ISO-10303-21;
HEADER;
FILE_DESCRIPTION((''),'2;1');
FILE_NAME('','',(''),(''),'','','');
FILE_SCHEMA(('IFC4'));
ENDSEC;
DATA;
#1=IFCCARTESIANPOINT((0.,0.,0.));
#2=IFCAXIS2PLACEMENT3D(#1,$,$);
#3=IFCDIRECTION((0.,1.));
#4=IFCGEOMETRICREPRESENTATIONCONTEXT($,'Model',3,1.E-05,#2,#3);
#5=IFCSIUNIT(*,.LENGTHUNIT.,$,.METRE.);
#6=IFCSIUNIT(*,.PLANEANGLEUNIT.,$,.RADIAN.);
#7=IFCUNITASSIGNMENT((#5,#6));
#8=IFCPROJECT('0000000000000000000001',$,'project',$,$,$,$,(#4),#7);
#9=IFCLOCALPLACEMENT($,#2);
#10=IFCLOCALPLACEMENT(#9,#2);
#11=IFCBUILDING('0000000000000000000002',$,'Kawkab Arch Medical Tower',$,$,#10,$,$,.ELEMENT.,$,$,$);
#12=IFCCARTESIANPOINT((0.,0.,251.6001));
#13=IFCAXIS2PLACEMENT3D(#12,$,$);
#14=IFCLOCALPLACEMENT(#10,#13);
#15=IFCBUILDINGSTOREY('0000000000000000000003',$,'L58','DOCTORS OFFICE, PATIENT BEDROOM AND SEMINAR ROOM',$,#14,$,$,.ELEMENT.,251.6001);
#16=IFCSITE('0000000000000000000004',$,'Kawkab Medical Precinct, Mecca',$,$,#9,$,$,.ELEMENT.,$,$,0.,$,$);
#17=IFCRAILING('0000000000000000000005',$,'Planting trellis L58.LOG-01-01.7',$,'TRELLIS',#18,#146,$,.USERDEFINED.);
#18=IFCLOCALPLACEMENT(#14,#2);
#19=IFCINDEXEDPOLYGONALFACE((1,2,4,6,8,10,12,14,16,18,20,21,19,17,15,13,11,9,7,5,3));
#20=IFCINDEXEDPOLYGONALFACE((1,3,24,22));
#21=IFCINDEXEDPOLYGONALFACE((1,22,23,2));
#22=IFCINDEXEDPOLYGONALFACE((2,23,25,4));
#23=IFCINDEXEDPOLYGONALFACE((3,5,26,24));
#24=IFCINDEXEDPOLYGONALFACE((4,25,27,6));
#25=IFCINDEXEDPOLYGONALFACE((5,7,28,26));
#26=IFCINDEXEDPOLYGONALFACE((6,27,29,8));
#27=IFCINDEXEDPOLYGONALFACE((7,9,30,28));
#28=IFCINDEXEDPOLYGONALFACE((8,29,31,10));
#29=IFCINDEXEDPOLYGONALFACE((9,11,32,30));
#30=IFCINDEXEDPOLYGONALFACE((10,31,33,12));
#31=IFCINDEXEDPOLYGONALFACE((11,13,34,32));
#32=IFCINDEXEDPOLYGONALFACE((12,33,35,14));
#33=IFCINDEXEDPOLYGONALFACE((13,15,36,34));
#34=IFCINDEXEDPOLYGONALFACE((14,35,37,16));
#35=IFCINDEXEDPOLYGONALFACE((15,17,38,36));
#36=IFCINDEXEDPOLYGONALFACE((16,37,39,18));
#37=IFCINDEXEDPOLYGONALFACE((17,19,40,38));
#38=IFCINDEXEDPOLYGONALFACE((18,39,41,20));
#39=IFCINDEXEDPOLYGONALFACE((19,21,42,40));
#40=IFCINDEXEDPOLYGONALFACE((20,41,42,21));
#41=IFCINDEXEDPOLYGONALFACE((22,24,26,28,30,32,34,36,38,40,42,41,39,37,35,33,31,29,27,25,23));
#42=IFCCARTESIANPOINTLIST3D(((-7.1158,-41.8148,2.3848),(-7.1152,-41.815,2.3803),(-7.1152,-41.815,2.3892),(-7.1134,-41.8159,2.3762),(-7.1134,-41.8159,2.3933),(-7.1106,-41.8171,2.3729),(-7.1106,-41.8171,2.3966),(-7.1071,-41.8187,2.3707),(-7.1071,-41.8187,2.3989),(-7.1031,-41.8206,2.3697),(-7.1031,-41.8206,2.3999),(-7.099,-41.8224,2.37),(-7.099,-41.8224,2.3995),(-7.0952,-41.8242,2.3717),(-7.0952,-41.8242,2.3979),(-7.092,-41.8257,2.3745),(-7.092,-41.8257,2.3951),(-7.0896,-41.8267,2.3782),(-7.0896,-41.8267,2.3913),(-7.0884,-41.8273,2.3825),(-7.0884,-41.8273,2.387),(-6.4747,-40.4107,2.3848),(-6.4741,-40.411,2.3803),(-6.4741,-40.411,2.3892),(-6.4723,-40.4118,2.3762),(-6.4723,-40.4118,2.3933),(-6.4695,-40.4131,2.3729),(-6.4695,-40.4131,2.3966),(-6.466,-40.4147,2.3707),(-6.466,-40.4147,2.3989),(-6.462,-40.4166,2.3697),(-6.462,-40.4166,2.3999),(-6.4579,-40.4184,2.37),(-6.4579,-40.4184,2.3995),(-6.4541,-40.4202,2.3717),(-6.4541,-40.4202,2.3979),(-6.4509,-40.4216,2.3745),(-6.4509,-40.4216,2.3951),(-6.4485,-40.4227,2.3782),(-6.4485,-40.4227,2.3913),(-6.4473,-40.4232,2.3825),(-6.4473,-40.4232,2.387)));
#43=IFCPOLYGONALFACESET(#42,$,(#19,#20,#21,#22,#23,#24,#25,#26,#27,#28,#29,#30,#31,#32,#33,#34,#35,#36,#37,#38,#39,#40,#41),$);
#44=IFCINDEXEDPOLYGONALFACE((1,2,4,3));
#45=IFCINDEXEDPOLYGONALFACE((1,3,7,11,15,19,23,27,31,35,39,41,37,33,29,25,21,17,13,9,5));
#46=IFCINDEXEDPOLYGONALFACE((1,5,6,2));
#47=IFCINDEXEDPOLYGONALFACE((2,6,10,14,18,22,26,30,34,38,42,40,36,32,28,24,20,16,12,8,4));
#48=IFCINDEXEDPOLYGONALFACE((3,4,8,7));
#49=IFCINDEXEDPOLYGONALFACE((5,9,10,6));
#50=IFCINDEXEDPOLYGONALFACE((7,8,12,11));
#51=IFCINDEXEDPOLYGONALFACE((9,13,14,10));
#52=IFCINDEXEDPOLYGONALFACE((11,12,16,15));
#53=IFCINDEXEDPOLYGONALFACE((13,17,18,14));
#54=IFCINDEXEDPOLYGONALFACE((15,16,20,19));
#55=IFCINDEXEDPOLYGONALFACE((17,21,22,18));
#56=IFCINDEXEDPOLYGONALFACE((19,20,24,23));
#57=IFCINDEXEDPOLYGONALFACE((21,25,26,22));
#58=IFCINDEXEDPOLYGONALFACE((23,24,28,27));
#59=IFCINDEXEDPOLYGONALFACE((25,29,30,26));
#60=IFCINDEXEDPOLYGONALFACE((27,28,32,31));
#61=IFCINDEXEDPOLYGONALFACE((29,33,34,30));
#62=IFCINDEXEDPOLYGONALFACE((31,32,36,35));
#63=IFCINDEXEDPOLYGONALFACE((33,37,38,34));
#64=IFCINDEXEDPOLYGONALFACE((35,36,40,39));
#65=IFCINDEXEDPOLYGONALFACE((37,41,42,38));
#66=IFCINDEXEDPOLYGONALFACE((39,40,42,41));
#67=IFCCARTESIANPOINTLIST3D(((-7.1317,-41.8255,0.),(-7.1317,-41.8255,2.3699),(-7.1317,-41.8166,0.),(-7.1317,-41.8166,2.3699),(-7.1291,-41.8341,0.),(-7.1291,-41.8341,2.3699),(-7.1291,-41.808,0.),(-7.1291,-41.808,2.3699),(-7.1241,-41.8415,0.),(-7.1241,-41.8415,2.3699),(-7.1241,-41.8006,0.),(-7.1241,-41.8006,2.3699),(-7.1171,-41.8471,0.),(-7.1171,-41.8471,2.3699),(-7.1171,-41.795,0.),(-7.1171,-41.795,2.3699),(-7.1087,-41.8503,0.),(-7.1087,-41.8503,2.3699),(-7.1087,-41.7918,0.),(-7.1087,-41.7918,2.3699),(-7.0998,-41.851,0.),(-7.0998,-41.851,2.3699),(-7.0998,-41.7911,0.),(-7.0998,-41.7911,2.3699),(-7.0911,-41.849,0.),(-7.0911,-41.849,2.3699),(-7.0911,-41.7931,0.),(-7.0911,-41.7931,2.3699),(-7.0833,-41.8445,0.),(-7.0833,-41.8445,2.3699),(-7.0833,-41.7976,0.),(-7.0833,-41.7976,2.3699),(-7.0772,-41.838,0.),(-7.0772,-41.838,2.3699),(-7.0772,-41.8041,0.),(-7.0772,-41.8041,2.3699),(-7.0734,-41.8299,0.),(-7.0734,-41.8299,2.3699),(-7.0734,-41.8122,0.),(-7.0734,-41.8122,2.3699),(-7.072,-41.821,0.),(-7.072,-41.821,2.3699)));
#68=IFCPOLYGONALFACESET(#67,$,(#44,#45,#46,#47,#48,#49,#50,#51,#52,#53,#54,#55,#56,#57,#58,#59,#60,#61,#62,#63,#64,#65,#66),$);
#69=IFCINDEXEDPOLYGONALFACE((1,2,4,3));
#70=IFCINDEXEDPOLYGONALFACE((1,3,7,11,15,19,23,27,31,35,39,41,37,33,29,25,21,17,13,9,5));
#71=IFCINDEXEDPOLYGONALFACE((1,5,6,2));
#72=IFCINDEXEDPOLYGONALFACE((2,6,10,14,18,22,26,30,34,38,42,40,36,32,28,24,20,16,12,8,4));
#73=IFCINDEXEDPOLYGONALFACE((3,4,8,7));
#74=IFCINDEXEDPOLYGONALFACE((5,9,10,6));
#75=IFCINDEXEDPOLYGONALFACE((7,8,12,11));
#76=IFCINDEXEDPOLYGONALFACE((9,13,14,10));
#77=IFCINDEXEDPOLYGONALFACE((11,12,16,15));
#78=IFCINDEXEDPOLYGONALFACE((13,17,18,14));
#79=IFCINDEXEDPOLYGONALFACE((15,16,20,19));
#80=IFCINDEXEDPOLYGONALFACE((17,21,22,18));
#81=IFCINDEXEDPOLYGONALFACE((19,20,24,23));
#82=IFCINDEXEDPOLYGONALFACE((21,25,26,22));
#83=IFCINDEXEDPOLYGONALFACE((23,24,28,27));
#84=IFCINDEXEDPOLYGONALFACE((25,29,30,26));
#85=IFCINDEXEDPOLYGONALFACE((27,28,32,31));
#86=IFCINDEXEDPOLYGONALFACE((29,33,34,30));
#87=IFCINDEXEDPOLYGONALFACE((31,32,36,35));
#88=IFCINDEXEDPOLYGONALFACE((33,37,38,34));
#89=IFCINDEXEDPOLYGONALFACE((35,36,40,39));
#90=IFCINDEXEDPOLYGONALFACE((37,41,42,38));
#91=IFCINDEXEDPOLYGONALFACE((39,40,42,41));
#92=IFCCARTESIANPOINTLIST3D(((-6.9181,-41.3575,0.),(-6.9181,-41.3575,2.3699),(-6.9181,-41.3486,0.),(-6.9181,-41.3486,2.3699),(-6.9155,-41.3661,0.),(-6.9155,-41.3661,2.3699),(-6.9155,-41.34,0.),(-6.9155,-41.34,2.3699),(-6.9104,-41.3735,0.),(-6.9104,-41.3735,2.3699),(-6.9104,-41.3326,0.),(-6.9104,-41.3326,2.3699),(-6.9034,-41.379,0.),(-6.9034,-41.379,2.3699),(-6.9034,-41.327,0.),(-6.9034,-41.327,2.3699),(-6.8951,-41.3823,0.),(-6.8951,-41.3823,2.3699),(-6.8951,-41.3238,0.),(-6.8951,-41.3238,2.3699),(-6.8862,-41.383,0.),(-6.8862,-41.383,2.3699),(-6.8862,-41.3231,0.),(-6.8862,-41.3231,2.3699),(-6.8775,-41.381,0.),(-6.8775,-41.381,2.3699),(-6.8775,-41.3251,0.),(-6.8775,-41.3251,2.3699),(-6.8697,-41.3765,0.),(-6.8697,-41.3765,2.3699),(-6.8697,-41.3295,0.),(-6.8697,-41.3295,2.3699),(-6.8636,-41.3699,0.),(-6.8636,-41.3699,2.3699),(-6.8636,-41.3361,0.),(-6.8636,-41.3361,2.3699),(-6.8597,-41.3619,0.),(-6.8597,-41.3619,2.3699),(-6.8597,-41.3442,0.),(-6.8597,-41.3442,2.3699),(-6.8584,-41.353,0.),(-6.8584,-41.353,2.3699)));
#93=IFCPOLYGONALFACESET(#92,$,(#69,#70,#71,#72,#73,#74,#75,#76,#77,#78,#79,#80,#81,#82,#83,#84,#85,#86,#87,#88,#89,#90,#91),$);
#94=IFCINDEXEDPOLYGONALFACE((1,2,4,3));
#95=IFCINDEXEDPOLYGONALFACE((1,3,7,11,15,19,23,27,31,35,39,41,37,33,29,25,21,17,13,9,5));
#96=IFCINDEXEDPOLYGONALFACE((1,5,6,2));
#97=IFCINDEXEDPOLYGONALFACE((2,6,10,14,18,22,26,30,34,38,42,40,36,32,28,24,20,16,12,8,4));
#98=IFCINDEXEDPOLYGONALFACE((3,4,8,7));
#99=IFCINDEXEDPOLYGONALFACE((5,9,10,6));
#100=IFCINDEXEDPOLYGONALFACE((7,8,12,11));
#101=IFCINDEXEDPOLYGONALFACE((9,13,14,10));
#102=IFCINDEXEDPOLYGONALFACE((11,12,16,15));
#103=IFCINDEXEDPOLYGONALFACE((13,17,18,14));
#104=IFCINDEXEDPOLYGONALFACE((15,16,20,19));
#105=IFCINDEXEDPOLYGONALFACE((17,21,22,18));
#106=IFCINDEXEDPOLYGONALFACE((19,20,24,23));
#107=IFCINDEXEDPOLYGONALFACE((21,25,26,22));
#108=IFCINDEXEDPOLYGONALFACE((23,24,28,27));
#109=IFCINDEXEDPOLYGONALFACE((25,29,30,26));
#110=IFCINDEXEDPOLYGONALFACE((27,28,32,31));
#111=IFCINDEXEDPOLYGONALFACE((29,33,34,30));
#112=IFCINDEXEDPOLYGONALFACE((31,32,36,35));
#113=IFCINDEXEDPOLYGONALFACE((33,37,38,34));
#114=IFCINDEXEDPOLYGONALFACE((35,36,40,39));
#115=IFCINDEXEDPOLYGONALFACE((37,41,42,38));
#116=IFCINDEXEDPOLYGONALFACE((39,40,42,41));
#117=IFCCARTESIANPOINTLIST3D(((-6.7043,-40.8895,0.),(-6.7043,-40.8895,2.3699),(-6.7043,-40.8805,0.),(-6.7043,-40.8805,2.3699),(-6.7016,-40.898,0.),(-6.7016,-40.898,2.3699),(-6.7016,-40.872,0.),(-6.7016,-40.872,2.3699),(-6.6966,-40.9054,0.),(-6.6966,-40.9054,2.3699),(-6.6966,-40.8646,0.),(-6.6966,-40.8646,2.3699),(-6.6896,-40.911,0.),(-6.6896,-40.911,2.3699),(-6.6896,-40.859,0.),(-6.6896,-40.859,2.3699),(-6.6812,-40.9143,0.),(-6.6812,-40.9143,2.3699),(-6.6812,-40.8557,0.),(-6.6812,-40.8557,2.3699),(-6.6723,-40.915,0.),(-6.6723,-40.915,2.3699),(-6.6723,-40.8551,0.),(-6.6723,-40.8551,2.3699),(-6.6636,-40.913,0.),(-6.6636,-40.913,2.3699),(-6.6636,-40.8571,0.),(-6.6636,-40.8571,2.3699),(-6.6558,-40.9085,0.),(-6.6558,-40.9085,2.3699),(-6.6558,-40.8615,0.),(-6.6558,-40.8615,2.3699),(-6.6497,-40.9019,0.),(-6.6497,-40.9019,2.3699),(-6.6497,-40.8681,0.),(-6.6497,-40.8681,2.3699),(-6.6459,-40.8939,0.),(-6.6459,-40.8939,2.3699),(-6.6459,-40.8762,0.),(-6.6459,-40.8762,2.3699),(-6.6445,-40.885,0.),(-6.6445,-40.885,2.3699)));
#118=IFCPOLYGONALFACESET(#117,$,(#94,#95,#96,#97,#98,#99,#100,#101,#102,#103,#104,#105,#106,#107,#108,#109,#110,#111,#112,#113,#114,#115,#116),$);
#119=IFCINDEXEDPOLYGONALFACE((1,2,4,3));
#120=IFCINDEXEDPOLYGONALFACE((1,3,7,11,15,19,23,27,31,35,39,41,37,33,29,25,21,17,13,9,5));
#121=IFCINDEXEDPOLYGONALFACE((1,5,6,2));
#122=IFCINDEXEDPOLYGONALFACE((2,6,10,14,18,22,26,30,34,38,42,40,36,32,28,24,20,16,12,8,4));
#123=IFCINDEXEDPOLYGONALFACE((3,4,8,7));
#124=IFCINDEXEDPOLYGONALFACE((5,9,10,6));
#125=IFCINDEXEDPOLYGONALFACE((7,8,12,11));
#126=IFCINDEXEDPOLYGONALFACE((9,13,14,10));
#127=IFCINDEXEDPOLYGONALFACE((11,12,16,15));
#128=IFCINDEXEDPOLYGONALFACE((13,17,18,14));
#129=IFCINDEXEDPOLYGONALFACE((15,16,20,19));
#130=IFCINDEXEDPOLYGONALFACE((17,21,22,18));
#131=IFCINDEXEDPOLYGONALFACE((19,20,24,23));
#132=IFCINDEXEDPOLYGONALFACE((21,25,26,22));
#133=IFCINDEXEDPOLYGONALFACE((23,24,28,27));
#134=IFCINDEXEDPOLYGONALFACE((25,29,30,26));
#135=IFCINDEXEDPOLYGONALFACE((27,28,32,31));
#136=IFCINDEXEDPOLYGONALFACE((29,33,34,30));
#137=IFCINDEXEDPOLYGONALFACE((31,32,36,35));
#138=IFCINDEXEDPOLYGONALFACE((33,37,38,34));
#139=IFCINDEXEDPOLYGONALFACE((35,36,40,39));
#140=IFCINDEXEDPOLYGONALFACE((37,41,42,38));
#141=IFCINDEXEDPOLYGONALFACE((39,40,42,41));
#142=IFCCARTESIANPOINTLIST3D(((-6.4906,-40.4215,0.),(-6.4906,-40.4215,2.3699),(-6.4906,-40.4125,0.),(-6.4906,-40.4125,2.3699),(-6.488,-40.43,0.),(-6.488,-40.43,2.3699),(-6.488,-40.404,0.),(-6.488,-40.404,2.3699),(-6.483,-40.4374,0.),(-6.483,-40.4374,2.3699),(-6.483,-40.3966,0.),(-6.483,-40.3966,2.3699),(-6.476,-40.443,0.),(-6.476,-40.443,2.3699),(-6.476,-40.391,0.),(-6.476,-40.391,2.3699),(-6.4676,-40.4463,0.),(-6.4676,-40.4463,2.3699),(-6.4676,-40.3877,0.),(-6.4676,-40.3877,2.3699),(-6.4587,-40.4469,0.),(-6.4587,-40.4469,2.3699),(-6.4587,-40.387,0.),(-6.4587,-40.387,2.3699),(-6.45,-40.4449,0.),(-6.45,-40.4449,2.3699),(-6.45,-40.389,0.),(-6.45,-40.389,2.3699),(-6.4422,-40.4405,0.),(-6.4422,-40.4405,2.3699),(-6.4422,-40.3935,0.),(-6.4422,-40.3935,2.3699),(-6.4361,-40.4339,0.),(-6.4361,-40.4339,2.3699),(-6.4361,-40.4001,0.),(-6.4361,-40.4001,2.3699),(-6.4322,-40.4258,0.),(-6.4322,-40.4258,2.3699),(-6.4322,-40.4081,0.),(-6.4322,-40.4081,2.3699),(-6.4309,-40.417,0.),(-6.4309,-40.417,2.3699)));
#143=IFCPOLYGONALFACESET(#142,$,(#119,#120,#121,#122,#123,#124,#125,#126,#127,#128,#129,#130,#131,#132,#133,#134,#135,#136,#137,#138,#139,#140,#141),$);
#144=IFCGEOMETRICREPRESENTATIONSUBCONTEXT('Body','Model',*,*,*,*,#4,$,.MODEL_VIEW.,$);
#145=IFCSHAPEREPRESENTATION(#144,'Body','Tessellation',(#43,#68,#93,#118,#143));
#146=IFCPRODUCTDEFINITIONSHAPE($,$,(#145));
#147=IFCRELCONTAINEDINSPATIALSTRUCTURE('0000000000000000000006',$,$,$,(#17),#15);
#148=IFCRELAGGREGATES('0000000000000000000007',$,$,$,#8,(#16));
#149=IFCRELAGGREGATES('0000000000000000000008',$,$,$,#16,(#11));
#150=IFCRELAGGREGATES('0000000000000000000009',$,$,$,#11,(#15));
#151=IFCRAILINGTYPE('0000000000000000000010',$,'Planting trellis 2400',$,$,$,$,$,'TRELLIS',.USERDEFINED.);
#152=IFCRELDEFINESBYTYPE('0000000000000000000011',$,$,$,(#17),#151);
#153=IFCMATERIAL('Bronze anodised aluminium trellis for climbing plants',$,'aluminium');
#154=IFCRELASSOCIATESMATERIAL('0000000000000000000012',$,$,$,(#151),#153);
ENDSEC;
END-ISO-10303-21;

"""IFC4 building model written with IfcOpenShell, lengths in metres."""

from ifc_helpers import new_model, si_unit, direction, frame, origin, origin_2d, place, context, subcontext, project, spatial, circle, extrude, material, type_object, element, save


model = new_model("IFC4")

# Units and contexts
model_context = context("Model", 3, precision=1e-05, world=origin(), true_north=direction((0.0, 1.0)))
body_context = subcontext(model_context, "Body", "Model", "MODEL_VIEW")
ifc_project = project(units=[si_unit("LENGTHUNIT", "METRE"), si_unit("PLANEANGLEUNIT", "RADIAN")], contexts=[model_context])

# Site, building, storey
site_placement = place(None, origin())
site = spatial("IfcSite", under=ifc_project, at=site_placement, Name="Kawkab Medical Precinct, Mecca", CompositionType="ELEMENT", RefElevation=0.0)
building_placement = place(site_placement, origin())
building = spatial("IfcBuilding", under=site, at=building_placement, Name="Kawkab Arch Medical Tower", CompositionType="ELEMENT")
storey_placement = place(building_placement, frame((0.0, 0.0, 251.6001)))
storey = spatial("IfcBuildingStorey", under=building, at=storey_placement, Name="L58", Description="DOCTORS OFFICE, PATIENT BEDROOM AND SEMINAR ROOM", CompositionType="ELEMENT", Elevation=251.6001)

# Railing
ifc_material_1 = material(Name="Bronze anodised aluminium trellis for climbing plants", Category="aluminium")
railing_type_1 = type_object("IfcRailingType", Name="Planting trellis 2400", ElementType="TRELLIS", PredefinedType="USERDEFINED", material=ifc_material_1)
railing_1_placement = place(storey_placement, frame((-7.1021, -41.821, 0.0)))
element("IfcRailing", 1, at=railing_1_placement, inside=storey, type_object=railing_type_1, Name="Planting trellis L58.LOG-01-01.7", ObjectType="TRELLIS", PredefinedType="USERDEFINED", context=body_context, shape_type="SweptSolid", body=[
    extrude(circle(Radius=0.0151, at=origin_2d()), frame((0.0, 0.0, 2.3848), z_axis=(0.415363, 0.909656, 0.0), x_axis=(-0.909656, 0.415363, 0.0)), (0.0, 0.0, 1.0), 1.5435),
    extrude(circle(Radius=0.03, at=origin_2d()), origin(), (0.0, 0.0, 1.0), 2.3699),
    extrude(circle(Radius=0.03, at=origin_2d()), frame((0.2136, 0.468, 0.0)), (0.0, 0.0, 1.0), 2.3699),
    extrude(circle(Radius=0.03, at=origin_2d()), frame((0.4275, 0.936, 0.0)), (0.0, 0.0, 1.0), 2.3699),
    extrude(circle(Radius=0.03, at=origin_2d()), frame((0.6411, 1.4041, 0.0)), (0.0, 0.0, 1.0), 2.3699),
])

save(model, "model.ifc")
